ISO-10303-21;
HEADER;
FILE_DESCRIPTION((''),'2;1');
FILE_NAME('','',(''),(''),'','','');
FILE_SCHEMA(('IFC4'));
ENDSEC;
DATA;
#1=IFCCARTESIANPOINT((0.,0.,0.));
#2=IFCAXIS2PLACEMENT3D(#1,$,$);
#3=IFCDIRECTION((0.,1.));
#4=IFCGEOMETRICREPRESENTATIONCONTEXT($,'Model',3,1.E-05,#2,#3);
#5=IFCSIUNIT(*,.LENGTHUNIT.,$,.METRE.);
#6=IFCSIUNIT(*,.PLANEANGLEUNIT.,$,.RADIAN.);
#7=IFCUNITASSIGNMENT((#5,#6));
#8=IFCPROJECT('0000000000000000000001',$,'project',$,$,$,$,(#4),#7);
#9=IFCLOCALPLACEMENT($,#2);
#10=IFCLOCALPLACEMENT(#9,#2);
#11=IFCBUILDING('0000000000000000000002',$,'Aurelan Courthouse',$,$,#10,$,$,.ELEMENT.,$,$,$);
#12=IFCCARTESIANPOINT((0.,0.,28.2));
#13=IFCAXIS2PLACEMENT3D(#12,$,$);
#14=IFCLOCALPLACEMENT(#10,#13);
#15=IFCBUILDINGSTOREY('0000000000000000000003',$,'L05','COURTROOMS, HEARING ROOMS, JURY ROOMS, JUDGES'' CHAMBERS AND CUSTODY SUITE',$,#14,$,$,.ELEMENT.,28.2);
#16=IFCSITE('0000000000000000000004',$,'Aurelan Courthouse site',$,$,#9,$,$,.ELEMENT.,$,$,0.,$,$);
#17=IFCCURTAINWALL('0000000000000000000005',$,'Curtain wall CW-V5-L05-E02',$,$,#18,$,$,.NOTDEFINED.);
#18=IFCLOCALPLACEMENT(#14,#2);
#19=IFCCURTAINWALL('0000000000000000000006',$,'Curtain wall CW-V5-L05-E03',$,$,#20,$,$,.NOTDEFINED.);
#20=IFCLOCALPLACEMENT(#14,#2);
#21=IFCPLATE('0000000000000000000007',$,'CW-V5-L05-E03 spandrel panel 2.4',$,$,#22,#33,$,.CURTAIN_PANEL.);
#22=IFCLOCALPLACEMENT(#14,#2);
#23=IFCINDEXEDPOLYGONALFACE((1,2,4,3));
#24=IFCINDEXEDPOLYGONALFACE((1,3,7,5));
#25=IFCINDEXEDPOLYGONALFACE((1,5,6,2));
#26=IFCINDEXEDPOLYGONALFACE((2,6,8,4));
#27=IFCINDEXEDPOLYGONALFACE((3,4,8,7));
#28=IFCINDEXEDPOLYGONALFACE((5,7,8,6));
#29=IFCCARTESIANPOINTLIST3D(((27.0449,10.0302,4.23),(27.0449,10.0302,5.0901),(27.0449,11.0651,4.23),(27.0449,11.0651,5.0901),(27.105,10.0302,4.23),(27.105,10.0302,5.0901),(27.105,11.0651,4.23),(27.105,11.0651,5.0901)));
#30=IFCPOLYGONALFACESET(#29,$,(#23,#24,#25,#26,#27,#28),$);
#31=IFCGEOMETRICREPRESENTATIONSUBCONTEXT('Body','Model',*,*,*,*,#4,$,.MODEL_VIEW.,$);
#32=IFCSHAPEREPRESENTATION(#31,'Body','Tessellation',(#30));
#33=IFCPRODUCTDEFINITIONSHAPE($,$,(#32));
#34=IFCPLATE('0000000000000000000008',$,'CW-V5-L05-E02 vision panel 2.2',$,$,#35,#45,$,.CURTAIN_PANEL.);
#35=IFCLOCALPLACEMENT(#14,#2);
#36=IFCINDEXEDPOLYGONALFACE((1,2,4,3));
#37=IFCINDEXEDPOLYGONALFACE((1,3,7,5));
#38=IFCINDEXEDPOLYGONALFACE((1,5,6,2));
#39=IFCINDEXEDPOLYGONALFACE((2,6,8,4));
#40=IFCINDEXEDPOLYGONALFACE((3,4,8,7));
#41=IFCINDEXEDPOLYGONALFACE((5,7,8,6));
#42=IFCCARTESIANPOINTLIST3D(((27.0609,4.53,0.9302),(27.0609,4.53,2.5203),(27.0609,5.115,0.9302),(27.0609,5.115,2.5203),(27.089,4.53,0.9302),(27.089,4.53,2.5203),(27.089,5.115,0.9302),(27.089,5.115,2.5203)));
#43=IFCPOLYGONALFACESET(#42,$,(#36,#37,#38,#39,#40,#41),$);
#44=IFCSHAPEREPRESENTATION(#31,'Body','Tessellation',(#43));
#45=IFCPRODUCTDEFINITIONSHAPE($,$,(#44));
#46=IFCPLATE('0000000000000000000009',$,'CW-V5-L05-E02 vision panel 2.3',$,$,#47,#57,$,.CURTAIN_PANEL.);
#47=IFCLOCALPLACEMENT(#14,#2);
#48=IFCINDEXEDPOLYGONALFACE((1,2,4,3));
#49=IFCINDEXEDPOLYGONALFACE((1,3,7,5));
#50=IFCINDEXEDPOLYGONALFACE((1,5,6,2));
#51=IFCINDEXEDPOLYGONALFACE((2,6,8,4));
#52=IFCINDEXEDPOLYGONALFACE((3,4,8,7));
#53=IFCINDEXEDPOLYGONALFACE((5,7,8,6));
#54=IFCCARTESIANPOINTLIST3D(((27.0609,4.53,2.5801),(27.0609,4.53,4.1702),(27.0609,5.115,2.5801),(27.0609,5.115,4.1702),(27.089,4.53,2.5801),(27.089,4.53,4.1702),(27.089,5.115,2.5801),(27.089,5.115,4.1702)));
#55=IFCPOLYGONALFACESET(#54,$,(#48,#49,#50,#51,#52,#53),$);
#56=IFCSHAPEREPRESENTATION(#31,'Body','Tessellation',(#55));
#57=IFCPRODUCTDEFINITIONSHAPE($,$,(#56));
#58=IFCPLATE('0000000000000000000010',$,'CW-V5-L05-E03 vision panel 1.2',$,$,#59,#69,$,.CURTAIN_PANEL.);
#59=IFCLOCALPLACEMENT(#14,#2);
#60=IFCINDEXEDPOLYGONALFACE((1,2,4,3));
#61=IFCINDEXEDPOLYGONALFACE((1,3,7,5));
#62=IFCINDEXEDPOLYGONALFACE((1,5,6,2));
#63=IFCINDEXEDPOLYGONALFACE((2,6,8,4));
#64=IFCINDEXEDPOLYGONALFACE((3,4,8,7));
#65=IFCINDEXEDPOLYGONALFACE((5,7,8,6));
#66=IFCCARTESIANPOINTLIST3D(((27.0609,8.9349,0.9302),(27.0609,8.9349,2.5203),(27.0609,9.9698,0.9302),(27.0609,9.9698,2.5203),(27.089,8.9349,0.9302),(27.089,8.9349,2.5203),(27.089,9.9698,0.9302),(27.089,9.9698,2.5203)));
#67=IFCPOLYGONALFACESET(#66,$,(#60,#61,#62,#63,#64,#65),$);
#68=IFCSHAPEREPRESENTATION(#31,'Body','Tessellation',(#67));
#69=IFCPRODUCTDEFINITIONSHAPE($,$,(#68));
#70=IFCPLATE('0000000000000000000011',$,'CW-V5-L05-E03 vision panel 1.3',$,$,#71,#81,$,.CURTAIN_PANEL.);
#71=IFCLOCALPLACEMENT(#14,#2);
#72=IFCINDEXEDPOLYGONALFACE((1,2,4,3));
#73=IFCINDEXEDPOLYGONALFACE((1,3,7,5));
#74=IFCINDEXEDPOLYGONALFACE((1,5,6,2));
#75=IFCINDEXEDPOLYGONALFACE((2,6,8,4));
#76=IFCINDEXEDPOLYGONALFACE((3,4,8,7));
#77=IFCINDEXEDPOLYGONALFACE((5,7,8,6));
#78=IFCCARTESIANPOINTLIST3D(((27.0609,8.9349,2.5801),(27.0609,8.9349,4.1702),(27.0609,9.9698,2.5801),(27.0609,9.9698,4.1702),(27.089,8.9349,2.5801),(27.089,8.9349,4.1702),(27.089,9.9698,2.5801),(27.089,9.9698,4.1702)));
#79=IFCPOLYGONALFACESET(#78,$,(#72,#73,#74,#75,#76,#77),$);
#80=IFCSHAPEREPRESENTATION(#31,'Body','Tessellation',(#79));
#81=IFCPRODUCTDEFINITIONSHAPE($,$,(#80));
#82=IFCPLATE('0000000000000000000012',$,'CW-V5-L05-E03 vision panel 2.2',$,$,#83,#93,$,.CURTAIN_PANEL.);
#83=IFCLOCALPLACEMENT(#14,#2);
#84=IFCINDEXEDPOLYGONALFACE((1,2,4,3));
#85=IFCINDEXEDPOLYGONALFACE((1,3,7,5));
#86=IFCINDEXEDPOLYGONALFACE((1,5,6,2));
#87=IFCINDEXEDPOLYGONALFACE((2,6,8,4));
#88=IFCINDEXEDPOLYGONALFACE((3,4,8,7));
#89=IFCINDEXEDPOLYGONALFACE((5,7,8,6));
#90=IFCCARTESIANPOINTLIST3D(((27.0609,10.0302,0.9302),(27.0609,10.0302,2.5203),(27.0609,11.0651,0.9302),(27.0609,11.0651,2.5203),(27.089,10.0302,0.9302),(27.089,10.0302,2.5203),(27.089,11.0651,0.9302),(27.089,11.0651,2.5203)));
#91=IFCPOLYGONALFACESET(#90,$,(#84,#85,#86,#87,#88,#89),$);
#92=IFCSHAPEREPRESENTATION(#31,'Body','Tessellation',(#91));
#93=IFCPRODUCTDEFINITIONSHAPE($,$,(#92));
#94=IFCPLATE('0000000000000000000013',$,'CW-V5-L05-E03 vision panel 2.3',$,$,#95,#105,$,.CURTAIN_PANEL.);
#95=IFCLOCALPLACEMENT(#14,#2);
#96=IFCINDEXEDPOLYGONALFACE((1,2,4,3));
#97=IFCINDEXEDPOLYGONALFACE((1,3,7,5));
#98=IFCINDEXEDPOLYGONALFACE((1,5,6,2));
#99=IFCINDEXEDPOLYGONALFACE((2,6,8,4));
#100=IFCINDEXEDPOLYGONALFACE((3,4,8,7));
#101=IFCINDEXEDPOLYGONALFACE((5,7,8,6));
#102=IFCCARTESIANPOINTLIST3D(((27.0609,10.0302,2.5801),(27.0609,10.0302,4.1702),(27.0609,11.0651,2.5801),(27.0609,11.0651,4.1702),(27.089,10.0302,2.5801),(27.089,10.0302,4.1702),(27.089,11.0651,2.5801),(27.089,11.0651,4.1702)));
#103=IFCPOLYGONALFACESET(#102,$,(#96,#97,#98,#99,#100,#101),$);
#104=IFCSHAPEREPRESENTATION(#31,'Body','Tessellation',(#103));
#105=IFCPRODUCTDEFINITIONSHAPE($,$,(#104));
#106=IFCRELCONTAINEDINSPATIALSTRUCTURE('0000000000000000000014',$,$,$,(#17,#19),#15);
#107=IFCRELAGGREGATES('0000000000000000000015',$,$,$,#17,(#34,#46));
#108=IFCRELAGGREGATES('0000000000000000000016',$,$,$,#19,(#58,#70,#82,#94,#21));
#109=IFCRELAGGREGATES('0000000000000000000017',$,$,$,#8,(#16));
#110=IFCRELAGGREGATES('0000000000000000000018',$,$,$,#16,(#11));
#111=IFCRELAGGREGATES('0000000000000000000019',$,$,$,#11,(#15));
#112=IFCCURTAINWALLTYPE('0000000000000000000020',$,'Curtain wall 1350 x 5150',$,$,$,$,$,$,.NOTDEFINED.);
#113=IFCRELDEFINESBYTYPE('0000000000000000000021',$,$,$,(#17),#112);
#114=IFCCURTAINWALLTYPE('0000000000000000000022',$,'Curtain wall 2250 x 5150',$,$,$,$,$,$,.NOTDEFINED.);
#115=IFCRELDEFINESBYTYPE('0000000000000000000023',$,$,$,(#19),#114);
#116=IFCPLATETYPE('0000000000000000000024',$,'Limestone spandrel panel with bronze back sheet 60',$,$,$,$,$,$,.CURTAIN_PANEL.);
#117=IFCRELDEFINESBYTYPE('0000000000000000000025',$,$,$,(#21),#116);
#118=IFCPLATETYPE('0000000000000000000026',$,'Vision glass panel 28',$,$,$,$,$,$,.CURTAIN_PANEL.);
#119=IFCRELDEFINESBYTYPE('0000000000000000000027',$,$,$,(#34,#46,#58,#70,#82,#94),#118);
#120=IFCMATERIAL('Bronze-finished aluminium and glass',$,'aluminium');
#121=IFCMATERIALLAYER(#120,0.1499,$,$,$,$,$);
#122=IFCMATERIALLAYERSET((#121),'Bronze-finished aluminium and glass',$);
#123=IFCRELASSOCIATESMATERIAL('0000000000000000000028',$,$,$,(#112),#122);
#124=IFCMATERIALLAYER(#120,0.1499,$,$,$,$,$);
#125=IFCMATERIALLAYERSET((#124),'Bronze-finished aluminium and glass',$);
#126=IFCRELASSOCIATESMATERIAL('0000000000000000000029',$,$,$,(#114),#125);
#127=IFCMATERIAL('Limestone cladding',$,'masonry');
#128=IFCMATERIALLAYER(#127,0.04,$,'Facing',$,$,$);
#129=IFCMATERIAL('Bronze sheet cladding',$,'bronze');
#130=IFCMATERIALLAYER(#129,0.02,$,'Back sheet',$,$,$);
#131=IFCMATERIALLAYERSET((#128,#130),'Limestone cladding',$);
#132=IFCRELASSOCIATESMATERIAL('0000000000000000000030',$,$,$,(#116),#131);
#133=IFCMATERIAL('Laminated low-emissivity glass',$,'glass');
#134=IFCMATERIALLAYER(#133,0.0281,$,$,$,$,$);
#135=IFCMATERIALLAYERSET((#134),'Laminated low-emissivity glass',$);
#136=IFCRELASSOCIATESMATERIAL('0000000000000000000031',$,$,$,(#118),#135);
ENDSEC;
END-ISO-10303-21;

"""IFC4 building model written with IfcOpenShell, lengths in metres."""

from ifc_helpers import new_model, si_unit, direction, frame, origin, origin_2d, place, context, subcontext, project, spatial, rectangle, extrude, material, layer, layer_set, type_object, element, aggregate, save


model = new_model("IFC4")

# Units and contexts
model_context = context("Model", 3, precision=1e-05, world=origin(), true_north=direction((0.0, 1.0)))
body_context = subcontext(model_context, "Body", "Model", "MODEL_VIEW")
ifc_project = project(units=[si_unit("LENGTHUNIT", "METRE"), si_unit("PLANEANGLEUNIT", "RADIAN")], contexts=[model_context])

# Site, building, storey
site_placement = place(None, origin())
site = spatial("IfcSite", under=ifc_project, at=site_placement, Name="Aurelan Courthouse site", CompositionType="ELEMENT", RefElevation=0.0)
building_placement = place(site_placement, origin())
building = spatial("IfcBuilding", under=site, at=building_placement, Name="Aurelan Courthouse", CompositionType="ELEMENT")
storey_placement = place(building_placement, frame((0.0, 0.0, 28.2)))
storey = spatial("IfcBuildingStorey", under=building, at=storey_placement, Name="L05", Description="COURTROOMS, HEARING ROOMS, JURY ROOMS, JUDGES' CHAMBERS AND CUSTODY SUITE", CompositionType="ELEMENT", Elevation=28.2)

# Curtain walls
ifc_material_1 = material(Name="Bronze-finished aluminium and glass", Category="aluminium")
ifc_layer_1 = layer(ifc_material_1, 0.1499)
ifc_layer_set_1 = layer_set([ifc_layer_1], Name="Bronze-finished aluminium and glass")
curtain_wall_type_1 = type_object("IfcCurtainWallType", Name="Curtain wall 1350 x 5150", PredefinedType="NOTDEFINED", material=ifc_layer_set_1)
curtain_wall_1_placement = place(storey_placement, origin())
curtain_wall_1 = element("IfcCurtainWall", 1, at=curtain_wall_1_placement, inside=storey, type_object=curtain_wall_type_1, Name="Curtain wall CW-V5-L05-E02", PredefinedType="NOTDEFINED")
ifc_layer_2 = layer(ifc_material_1, 0.1499)
ifc_layer_set_2 = layer_set([ifc_layer_2], Name="Bronze-finished aluminium and glass")
curtain_wall_type_2 = type_object("IfcCurtainWallType", Name="Curtain wall 2250 x 5150", PredefinedType="NOTDEFINED", material=ifc_layer_set_2)
curtain_wall_2_placement = place(storey_placement, origin())
curtain_wall_2 = element("IfcCurtainWall", 2, at=curtain_wall_2_placement, inside=storey, type_object=curtain_wall_type_2, Name="Curtain wall CW-V5-L05-E03", PredefinedType="NOTDEFINED")

# Plates
ifc_material_2 = material(Name="Limestone cladding", Category="masonry")
ifc_layer_3 = layer(ifc_material_2, 0.04, Name="Facing")
ifc_material_3 = material(Name="Bronze sheet cladding", Category="bronze")
ifc_layer_4 = layer(ifc_material_3, 0.02, Name="Back sheet")
ifc_layer_set_3 = layer_set([ifc_layer_3, ifc_layer_4], Name="Limestone cladding")
plate_type_1 = type_object("IfcPlateType", Name="Limestone spandrel panel with bronze back sheet 60", PredefinedType="CURTAIN_PANEL", material=ifc_layer_set_3)
plate_1_placement = place(storey_placement, frame((27.075, 10.5476, 4.23), z_axis=(0.0, 0.0, 1.0), x_axis=(0.0, 1.0, 0.0)))
plate_1 = element("IfcPlate", 3, at=plate_1_placement, type_object=plate_type_1, Name="CW-V5-L05-E03 spandrel panel 2.4", PredefinedType="CURTAIN_PANEL", context=body_context, shape_type="SweptSolid", body=[
    extrude(rectangle(XDim=1.0349, YDim=0.0601, at=origin_2d()), origin(), (0.0, 0.0, 1.0), 0.8601),
])
ifc_material_4 = material(Name="Laminated low-emissivity glass", Category="glass")
ifc_layer_5 = layer(ifc_material_4, 0.0281)
ifc_layer_set_4 = layer_set([ifc_layer_5], Name="Laminated low-emissivity glass")
plate_type_2 = type_object("IfcPlateType", Name="Vision glass panel 28", PredefinedType="CURTAIN_PANEL", material=ifc_layer_set_4)
plate_2_placement = place(storey_placement, frame((27.075, 4.8225, 0.9302), z_axis=(0.0, 0.0, 1.0), x_axis=(0.0, 1.0, 0.0)))
plate_2 = element("IfcPlate", 4, at=plate_2_placement, type_object=plate_type_2, Name="CW-V5-L05-E02 vision panel 2.2", PredefinedType="CURTAIN_PANEL", context=body_context, shape_type="SweptSolid", body=[
    extrude(rectangle(XDim=0.585, YDim=0.0281, at=origin_2d()), origin(), (0.0, 0.0, 1.0), 1.5901),
])
plate_3_placement = place(storey_placement, frame((27.075, 4.8225, 2.5801), z_axis=(0.0, 0.0, 1.0), x_axis=(0.0, 1.0, 0.0)))
plate_3 = element("IfcPlate", 5, at=plate_3_placement, type_object=plate_type_2, Name="CW-V5-L05-E02 vision panel 2.3", PredefinedType="CURTAIN_PANEL", context=body_context, shape_type="SweptSolid", body=[
    extrude(rectangle(XDim=0.585, YDim=0.0281, at=origin_2d()), origin(), (0.0, 0.0, 1.0), 1.5901),
])
aggregate(curtain_wall_1, [plate_2, plate_3])
plate_4_placement = place(storey_placement, frame((27.075, 9.4524, 0.9302), z_axis=(0.0, 0.0, 1.0), x_axis=(0.0, 1.0, 0.0)))
plate_4 = element("IfcPlate", 6, at=plate_4_placement, type_object=plate_type_2, Name="CW-V5-L05-E03 vision panel 1.2", PredefinedType="CURTAIN_PANEL", context=body_context, shape_type="SweptSolid", body=[
    extrude(rectangle(XDim=1.0349, YDim=0.0281, at=origin_2d()), origin(), (0.0, 0.0, 1.0), 1.5901),
])
plate_5_placement = place(storey_placement, frame((27.075, 9.4524, 2.5801), z_axis=(0.0, 0.0, 1.0), x_axis=(0.0, 1.0, 0.0)))
plate_5 = element("IfcPlate", 7, at=plate_5_placement, type_object=plate_type_2, Name="CW-V5-L05-E03 vision panel 1.3", PredefinedType="CURTAIN_PANEL", context=body_context, shape_type="SweptSolid", body=[
    extrude(rectangle(XDim=1.0349, YDim=0.0281, at=origin_2d()), origin(), (0.0, 0.0, 1.0), 1.5901),
])
plate_6_placement = place(storey_placement, frame((27.075, 10.5476, 0.9302), z_axis=(0.0, 0.0, 1.0), x_axis=(0.0, 1.0, 0.0)))
plate_6 = element("IfcPlate", 8, at=plate_6_placement, type_object=plate_type_2, Name="CW-V5-L05-E03 vision panel 2.2", PredefinedType="CURTAIN_PANEL", context=body_context, shape_type="SweptSolid", body=[
    extrude(rectangle(XDim=1.0349, YDim=0.0281, at=origin_2d()), origin(), (0.0, 0.0, 1.0), 1.5901),
])
plate_7_placement = place(storey_placement, frame((27.075, 10.5476, 2.5801), z_axis=(0.0, 0.0, 1.0), x_axis=(0.0, 1.0, 0.0)))
plate_7 = element("IfcPlate", 9, at=plate_7_placement, type_object=plate_type_2, Name="CW-V5-L05-E03 vision panel 2.3", PredefinedType="CURTAIN_PANEL", context=body_context, shape_type="SweptSolid", body=[
    extrude(rectangle(XDim=1.0349, YDim=0.0281, at=origin_2d()), origin(), (0.0, 0.0, 1.0), 1.5901),
])
aggregate(curtain_wall_2, [plate_4, plate_5, plate_6, plate_7, plate_1])

save(model, "model.ifc")
